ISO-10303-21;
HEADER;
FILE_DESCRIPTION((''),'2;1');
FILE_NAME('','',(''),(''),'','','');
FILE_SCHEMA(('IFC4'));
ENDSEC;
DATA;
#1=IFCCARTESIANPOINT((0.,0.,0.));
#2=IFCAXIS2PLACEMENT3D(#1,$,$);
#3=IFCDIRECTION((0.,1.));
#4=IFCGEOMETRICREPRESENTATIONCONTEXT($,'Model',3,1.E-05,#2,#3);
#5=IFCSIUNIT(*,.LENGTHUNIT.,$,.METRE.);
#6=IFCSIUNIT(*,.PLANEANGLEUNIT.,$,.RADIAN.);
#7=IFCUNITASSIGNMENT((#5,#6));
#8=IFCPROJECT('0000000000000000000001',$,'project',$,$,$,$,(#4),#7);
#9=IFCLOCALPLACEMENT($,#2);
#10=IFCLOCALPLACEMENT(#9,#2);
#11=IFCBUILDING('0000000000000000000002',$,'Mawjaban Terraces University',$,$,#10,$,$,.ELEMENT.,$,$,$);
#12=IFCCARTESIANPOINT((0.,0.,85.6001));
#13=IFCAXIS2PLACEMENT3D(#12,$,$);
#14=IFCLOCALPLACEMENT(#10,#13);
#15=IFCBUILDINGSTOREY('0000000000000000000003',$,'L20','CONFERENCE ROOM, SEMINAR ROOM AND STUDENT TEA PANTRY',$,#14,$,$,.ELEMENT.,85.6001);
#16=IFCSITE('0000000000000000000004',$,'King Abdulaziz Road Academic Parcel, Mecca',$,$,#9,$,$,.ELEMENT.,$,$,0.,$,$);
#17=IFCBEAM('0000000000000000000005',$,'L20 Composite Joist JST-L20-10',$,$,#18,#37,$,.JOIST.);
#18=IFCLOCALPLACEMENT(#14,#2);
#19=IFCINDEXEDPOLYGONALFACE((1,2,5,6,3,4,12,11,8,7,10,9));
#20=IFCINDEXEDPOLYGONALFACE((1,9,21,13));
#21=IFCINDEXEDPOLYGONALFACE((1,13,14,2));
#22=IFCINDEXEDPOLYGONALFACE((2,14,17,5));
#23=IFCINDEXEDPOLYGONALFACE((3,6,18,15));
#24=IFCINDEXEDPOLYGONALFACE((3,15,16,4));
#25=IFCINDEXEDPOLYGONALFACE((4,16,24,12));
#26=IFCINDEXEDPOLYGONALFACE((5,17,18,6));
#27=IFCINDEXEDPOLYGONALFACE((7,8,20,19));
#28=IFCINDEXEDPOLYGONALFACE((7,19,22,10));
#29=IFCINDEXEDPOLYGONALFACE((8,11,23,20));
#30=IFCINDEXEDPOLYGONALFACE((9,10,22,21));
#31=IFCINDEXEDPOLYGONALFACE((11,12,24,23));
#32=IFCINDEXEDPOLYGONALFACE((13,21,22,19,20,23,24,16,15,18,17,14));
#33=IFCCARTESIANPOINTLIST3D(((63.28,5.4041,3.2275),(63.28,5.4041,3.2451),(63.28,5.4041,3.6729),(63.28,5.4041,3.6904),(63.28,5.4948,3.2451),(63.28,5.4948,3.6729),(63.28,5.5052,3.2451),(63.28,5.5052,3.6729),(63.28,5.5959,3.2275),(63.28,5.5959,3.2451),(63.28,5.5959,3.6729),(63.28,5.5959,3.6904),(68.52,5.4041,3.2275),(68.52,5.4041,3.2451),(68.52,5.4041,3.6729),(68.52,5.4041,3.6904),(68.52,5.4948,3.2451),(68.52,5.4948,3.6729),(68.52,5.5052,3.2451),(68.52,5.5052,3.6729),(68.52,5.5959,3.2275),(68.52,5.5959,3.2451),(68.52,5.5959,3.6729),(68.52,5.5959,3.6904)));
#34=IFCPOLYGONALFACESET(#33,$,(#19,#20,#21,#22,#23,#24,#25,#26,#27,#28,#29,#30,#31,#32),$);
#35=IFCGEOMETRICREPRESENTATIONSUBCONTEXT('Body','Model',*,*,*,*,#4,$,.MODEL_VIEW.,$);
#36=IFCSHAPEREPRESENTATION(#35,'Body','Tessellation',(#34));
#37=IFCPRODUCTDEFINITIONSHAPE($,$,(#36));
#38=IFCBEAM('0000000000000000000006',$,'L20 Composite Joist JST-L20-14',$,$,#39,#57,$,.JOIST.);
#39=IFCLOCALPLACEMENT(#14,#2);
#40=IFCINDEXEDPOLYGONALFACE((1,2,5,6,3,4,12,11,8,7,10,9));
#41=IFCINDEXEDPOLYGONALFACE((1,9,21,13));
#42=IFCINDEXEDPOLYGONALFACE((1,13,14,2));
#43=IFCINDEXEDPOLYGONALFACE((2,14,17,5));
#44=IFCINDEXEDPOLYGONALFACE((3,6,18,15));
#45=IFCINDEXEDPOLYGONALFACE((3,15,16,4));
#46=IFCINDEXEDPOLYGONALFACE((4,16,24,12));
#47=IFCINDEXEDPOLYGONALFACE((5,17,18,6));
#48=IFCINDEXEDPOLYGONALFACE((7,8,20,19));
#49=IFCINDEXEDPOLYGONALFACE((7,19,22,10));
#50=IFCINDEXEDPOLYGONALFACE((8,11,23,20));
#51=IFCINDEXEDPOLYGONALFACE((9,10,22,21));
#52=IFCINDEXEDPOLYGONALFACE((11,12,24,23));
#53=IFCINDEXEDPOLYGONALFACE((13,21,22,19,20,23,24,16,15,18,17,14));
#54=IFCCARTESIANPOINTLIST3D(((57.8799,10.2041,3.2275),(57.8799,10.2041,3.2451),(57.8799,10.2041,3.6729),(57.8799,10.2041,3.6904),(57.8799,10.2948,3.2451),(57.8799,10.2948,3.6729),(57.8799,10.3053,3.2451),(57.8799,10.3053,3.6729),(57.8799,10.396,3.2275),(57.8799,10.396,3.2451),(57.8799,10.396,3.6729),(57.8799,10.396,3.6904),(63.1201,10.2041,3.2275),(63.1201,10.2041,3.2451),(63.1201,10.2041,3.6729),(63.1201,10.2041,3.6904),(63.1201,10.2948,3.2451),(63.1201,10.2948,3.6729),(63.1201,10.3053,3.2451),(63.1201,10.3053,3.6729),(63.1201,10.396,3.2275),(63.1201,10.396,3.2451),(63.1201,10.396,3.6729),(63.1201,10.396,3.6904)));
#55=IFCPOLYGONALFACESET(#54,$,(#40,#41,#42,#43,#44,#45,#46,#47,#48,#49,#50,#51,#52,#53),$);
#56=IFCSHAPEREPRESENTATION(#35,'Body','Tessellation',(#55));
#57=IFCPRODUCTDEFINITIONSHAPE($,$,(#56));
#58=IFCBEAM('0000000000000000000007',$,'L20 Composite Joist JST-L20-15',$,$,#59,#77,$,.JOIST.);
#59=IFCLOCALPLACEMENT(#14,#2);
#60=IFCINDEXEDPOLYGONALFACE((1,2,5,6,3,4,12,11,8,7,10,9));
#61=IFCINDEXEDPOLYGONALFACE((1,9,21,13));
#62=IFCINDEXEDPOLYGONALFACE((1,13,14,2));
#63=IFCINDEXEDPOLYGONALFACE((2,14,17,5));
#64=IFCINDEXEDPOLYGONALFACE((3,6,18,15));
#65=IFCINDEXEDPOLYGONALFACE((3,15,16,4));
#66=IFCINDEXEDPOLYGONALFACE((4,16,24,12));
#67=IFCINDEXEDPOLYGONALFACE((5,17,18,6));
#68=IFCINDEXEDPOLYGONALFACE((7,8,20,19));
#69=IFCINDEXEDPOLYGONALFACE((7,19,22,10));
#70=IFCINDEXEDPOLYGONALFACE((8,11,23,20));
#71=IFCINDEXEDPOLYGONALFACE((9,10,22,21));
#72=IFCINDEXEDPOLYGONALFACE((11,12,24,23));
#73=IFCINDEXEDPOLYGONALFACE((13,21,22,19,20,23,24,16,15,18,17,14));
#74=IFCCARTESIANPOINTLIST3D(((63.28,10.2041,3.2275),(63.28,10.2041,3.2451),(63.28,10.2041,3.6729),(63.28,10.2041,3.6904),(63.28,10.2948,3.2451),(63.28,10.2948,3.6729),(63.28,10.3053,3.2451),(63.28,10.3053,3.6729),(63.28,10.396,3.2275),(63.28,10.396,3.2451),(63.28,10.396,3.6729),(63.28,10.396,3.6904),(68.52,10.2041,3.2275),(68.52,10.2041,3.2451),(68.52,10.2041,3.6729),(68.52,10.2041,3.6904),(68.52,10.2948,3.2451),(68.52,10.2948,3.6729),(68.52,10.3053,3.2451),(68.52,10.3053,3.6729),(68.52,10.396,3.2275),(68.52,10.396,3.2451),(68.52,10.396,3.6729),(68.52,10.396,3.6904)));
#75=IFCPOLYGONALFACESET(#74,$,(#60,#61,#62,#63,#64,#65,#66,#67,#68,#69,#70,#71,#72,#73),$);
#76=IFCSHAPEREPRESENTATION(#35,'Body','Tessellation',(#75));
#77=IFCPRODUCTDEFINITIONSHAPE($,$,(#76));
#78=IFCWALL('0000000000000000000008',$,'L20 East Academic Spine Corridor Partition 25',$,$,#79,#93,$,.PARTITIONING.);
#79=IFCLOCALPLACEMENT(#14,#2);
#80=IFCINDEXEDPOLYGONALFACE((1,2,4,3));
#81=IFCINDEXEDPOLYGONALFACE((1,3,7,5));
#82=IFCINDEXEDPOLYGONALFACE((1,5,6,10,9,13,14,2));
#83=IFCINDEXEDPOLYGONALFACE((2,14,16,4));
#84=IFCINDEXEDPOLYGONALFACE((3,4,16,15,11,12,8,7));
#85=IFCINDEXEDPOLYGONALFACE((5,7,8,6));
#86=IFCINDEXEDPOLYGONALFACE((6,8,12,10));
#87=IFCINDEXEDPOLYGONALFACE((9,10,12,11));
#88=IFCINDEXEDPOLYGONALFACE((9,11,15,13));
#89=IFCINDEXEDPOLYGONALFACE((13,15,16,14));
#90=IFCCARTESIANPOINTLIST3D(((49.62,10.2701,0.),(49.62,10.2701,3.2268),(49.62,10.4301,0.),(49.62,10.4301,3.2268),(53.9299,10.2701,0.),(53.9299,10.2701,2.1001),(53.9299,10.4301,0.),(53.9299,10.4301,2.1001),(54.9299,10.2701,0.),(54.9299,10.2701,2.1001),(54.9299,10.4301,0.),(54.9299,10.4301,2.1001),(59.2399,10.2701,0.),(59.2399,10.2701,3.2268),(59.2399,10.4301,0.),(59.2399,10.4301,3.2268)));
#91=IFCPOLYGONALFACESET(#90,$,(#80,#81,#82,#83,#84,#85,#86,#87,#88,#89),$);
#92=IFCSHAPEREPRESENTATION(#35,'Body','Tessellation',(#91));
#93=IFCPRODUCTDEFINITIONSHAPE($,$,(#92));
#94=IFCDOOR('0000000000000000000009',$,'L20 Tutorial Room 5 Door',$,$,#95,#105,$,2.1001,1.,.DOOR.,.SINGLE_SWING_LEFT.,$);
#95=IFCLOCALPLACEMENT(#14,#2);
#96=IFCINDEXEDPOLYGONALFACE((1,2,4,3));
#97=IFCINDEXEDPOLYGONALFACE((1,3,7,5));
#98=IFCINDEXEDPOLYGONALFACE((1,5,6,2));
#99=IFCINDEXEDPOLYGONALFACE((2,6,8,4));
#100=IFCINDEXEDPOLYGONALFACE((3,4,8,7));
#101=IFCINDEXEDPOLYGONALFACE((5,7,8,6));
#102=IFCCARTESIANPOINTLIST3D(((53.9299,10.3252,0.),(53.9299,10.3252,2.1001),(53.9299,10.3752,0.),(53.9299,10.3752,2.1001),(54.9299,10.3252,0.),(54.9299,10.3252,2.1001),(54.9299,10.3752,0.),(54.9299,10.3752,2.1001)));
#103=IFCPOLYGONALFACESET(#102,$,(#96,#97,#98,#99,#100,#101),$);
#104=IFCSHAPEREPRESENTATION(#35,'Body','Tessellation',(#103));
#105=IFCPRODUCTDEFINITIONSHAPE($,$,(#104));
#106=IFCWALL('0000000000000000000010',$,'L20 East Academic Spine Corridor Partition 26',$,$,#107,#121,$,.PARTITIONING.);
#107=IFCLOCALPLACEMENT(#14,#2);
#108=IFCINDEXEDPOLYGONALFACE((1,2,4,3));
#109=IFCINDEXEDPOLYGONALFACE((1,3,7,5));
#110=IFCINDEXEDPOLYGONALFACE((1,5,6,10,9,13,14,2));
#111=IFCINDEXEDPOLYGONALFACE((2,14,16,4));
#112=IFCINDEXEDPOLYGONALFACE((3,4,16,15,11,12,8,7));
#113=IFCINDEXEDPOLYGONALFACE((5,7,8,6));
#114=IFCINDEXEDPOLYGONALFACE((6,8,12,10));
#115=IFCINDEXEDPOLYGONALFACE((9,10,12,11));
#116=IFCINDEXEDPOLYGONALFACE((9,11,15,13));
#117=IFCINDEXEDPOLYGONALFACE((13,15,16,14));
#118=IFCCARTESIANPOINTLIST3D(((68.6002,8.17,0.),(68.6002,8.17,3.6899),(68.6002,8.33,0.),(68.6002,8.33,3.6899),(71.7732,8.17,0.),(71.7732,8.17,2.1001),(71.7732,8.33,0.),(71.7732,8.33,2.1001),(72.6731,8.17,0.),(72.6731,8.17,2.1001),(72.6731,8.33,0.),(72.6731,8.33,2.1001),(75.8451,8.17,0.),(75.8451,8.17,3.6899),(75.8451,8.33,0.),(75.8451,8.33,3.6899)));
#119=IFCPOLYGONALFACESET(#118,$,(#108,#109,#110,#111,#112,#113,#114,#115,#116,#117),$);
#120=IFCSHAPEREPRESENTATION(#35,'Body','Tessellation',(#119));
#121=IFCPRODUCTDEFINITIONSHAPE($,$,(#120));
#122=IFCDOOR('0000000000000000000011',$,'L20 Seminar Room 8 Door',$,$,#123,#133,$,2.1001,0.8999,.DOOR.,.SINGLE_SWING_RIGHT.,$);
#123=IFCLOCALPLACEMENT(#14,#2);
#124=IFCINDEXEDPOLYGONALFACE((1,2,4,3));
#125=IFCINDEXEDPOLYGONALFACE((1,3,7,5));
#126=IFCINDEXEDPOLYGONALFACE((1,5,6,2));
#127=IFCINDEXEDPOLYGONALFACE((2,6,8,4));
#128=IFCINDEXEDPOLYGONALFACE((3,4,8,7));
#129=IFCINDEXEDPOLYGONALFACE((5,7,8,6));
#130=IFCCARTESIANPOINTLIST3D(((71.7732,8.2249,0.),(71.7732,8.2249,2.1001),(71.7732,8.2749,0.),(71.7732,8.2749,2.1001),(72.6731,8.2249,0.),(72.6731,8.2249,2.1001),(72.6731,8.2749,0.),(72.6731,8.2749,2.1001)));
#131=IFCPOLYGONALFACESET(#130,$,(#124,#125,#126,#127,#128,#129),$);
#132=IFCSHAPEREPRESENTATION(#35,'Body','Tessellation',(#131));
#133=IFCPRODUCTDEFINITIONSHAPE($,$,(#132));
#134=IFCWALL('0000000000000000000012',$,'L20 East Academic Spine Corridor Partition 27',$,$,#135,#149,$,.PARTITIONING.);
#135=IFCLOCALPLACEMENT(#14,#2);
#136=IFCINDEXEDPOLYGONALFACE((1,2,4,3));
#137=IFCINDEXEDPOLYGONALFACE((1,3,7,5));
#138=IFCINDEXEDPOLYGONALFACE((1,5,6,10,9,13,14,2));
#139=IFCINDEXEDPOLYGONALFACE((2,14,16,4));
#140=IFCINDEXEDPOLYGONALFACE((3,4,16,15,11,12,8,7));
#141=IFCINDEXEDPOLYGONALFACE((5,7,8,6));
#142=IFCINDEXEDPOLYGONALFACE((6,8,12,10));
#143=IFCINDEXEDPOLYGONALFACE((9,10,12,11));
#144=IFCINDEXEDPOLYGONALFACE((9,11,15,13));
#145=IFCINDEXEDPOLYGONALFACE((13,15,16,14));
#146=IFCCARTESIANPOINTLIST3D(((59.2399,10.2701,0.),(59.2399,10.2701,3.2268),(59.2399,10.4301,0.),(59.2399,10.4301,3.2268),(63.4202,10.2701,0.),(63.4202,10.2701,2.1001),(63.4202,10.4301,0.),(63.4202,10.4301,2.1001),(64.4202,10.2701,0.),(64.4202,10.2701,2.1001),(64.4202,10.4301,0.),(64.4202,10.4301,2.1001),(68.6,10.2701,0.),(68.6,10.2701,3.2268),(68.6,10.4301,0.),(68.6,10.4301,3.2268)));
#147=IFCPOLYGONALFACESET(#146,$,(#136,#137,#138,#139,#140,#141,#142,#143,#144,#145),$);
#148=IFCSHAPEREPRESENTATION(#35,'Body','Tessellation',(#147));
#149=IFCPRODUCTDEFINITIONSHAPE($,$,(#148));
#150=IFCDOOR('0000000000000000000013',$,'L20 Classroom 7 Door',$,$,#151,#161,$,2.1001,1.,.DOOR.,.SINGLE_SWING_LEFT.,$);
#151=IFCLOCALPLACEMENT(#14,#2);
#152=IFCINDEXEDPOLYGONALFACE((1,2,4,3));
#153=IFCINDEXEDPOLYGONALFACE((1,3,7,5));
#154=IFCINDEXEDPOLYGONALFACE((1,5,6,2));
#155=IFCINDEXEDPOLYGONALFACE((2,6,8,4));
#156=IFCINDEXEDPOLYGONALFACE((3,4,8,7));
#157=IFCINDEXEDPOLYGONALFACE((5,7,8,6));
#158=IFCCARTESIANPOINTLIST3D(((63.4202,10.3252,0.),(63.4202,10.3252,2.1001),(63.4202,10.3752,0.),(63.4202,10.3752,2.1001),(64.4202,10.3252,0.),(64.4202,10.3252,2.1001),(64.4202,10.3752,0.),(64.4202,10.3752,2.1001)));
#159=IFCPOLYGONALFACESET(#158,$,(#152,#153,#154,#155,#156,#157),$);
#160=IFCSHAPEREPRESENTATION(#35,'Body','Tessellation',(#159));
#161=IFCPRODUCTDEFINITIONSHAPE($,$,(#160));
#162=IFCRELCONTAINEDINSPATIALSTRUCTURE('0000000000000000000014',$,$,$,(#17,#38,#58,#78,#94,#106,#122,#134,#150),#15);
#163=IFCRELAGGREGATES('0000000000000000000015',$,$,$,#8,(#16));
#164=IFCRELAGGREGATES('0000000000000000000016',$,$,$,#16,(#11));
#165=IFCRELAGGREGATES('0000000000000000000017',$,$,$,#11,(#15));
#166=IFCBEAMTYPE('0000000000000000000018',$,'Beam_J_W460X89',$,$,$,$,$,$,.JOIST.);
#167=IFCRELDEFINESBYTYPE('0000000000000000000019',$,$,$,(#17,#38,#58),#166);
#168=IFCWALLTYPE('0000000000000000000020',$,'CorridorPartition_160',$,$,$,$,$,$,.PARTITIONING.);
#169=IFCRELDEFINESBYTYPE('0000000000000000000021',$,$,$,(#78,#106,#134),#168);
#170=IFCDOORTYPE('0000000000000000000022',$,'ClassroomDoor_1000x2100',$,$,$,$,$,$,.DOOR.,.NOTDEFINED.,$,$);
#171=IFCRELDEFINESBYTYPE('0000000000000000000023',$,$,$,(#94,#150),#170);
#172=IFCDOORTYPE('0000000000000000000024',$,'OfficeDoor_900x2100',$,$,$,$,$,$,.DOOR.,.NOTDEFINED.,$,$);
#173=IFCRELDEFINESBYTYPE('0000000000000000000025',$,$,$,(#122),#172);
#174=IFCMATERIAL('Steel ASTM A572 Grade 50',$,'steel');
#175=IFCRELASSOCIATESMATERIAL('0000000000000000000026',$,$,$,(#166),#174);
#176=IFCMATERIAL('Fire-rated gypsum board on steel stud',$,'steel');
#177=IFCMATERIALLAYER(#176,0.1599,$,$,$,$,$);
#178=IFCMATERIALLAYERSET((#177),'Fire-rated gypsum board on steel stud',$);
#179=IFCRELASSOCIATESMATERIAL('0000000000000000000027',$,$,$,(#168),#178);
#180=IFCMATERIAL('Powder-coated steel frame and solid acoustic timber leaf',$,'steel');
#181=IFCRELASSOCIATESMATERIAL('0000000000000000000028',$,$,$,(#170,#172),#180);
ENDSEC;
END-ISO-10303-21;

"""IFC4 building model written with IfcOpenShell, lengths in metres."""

from ifc_helpers import new_model, si_unit, direction, frame, frame_2d, origin, origin_2d, place, context, subcontext, project, spatial, rectangle, i_section, extrude, material, layer, layer_set, material_profile, profile_set, type_object, element, fill, save


model = new_model("IFC4")

# Units and contexts
model_context = context("Model", 3, precision=1e-05, world=origin(), true_north=direction((0.0, 1.0)))
body_context = subcontext(model_context, "Body", "Model", "MODEL_VIEW")
ifc_project = project(units=[si_unit("LENGTHUNIT", "METRE"), si_unit("PLANEANGLEUNIT", "RADIAN")], contexts=[model_context])

# Site, building, storey
site_placement = place(None, origin())
site = spatial("IfcSite", under=ifc_project, at=site_placement, Name="King Abdulaziz Road Academic Parcel, Mecca", CompositionType="ELEMENT", RefElevation=0.0)
building_placement = place(site_placement, origin())
building = spatial("IfcBuilding", under=site, at=building_placement, Name="Mawjaban Terraces University", CompositionType="ELEMENT")
storey_placement = place(building_placement, frame((0.0, 0.0, 85.6001)))
storey = spatial("IfcBuildingStorey", under=building, at=storey_placement, Name="L20", Description="CONFERENCE ROOM, SEMINAR ROOM AND STUDENT TEA PANTRY", CompositionType="ELEMENT", Elevation=85.6001)

# Beams
ifc_material_1 = material(Name="Steel ASTM A572 Grade 50", Category="steel")
ifc_material_profile_1 = material_profile(ifc_material_1, i_section(OverallWidth=0.1919, OverallDepth=0.4629, WebThickness=0.0105, FlangeThickness=0.0176, at=origin_2d()), Name="W460X89")
ifc_profile_set_1 = profile_set([ifc_material_profile_1], Name="Steel ASTM A572 Grade 50")
beam_type_1 = type_object("IfcBeamType", Name="Beam_J_W460X89", PredefinedType="JOIST", material=ifc_profile_set_1)
beam_1_placement = place(storey_placement, frame((63.28, 5.5, 3.459), z_axis=(1.0, 0.0, 0.0), x_axis=(0.0, 1.0, 0.0)))
element("IfcBeam", 1, at=beam_1_placement, inside=storey, type_object=beam_type_1, Name="L20 Composite Joist JST-L20-10", PredefinedType="JOIST", context=body_context, shape_type="SweptSolid", body=[
    extrude(i_section(OverallWidth=0.1919, OverallDepth=0.4629, WebThickness=0.0105, FlangeThickness=0.0176, at=origin_2d()), origin(), (0.0, 0.0, 1.0), 5.24),
])
beam_2_placement = place(storey_placement, frame((57.8799, 10.3, 3.459), z_axis=(1.0, 0.0, 0.0), x_axis=(0.0, 1.0, 0.0)))
element("IfcBeam", 2, at=beam_2_placement, inside=storey, type_object=beam_type_1, Name="L20 Composite Joist JST-L20-14", PredefinedType="JOIST", context=body_context, shape_type="SweptSolid", body=[
    extrude(i_section(OverallWidth=0.1919, OverallDepth=0.4629, WebThickness=0.0105, FlangeThickness=0.0176, at=origin_2d()), origin(), (0.0, 0.0, 1.0), 5.2402),
])
beam_3_placement = place(storey_placement, frame((63.28, 10.3, 3.459), z_axis=(1.0, 0.0, 0.0), x_axis=(0.0, 1.0, 0.0)))
element("IfcBeam", 3, at=beam_3_placement, inside=storey, type_object=beam_type_1, Name="L20 Composite Joist JST-L20-15", PredefinedType="JOIST", context=body_context, shape_type="SweptSolid", body=[
    extrude(i_section(OverallWidth=0.1919, OverallDepth=0.4629, WebThickness=0.0105, FlangeThickness=0.0176, at=origin_2d()), origin(), (0.0, 0.0, 1.0), 5.24),
])

# Walls, openings, doors
ifc_material_2 = material(Name="Fire-rated gypsum board on steel stud", Category="steel")
ifc_layer_1 = layer(ifc_material_2, 0.1599)
ifc_layer_set_1 = layer_set([ifc_layer_1], Name="Fire-rated gypsum board on steel stud")
wall_type_1 = type_object("IfcWallType", Name="CorridorPartition_160", PredefinedType="PARTITIONING", material=ifc_layer_set_1)
wall_1_placement = place(storey_placement, frame((59.24, 10.3501, 0.0), z_axis=(0.0, 0.0, 1.0), x_axis=(-1.0, 0.0, 0.0)))
wall_1 = element("IfcWall", 4, at=wall_1_placement, inside=storey, type_object=wall_type_1, Name="L20 East Academic Spine Corridor Partition 25", PredefinedType="PARTITIONING", context=body_context, shape_type="SweptSolid", body=[
    extrude(rectangle(XDim=9.6199, YDim=0.1599, at=frame_2d((4.8101, 0.0))), origin(), (0.0, 0.0, 1.0), 3.2268),
])
opening_1_placement = place(wall_1_placement, frame((4.3101, 0.0, 0.0)))
opening_1 = element("IfcOpeningElement", 5, at=opening_1_placement, cuts=wall_1, PredefinedType="OPENING", context=body_context, shape_type="SweptSolid", body=[
    extrude(rectangle(XDim=1.0, YDim=2.1001, at=frame_2d((0.5, 1.05))), frame((0.0, 0.0898, 0.0), z_axis=(0.0, -1.0, 0.0), x_axis=(1.0, 0.0, 0.0)), (0.0, 0.0, 1.0), 0.1799),
])
ifc_material_3 = material(Name="Powder-coated steel frame and solid acoustic timber leaf", Category="steel")
door_type_1 = type_object("IfcDoorType", Name="ClassroomDoor_1000x2100", OperationType="NOTDEFINED", PredefinedType="DOOR", material=ifc_material_3)
door_1_placement = place(opening_1_placement, origin())
door_1 = element("IfcDoor", 6, at=door_1_placement, inside=storey, type_object=door_type_1, Name="L20 Tutorial Room 5 Door", OperationType="SINGLE_SWING_LEFT", OverallHeight=2.1001, OverallWidth=1.0, PredefinedType="DOOR", context=body_context, shape_type="SweptSolid", body=[
    extrude(rectangle(XDim=1.0, YDim=2.1001, at=frame_2d((0.5, 1.05))), frame((0.0, 0.0249, 0.0), z_axis=(0.0, -1.0, 0.0), x_axis=(1.0, 0.0, 0.0)), (0.0, 0.0, 1.0), 0.05),
])
fill(opening_1, door_1)
wall_2_placement = place(storey_placement, frame((68.6001, 8.25, 0.0), z_axis=(0.0, 0.0, 1.0), x_axis=(1.0, 0.0, 0.0)))
wall_2 = element("IfcWall", 7, at=wall_2_placement, inside=storey, type_object=wall_type_1, Name="L20 East Academic Spine Corridor Partition 26", PredefinedType="PARTITIONING", context=body_context, shape_type="SweptSolid", body=[
    extrude(rectangle(XDim=7.2449, YDim=0.1599, at=frame_2d((3.6226, 0.0))), origin(), (0.0, 0.0, 1.0), 3.6899),
])
opening_2_placement = place(wall_2_placement, frame((3.1731, 0.0, 0.0)))
opening_2 = element("IfcOpeningElement", 8, at=opening_2_placement, cuts=wall_2, PredefinedType="OPENING", context=body_context, shape_type="SweptSolid", body=[
    extrude(rectangle(XDim=0.8999, YDim=2.1001, at=frame_2d((0.45, 1.05))), frame((0.0, 0.0898, 0.0), z_axis=(0.0, -1.0, 0.0), x_axis=(1.0, 0.0, 0.0)), (0.0, 0.0, 1.0), 0.1799),
])
door_type_2 = type_object("IfcDoorType", Name="OfficeDoor_900x2100", OperationType="NOTDEFINED", PredefinedType="DOOR", material=ifc_material_3)
door_2_placement = place(opening_2_placement, origin())
door_2 = element("IfcDoor", 9, at=door_2_placement, inside=storey, type_object=door_type_2, Name="L20 Seminar Room 8 Door", OperationType="SINGLE_SWING_RIGHT", OverallHeight=2.1001, OverallWidth=0.8999, PredefinedType="DOOR", context=body_context, shape_type="SweptSolid", body=[
    extrude(rectangle(XDim=0.8999, YDim=2.1001, at=frame_2d((0.45, 1.05))), frame((0.0, 0.0249, 0.0), z_axis=(0.0, -1.0, 0.0), x_axis=(1.0, 0.0, 0.0)), (0.0, 0.0, 1.0), 0.05),
])
fill(opening_2, door_2)
wall_3_placement = place(storey_placement, frame((68.6001, 10.3501, 0.0), z_axis=(0.0, 0.0, 1.0), x_axis=(-1.0, 0.0, 0.0)))
wall_3 = element("IfcWall", 10, at=wall_3_placement, inside=storey, type_object=wall_type_1, Name="L20 East Academic Spine Corridor Partition 27", PredefinedType="PARTITIONING", context=body_context, shape_type="SweptSolid", body=[
    extrude(rectangle(XDim=9.3601, YDim=0.1599, at=frame_2d((4.6802, 0.0))), origin(), (0.0, 0.0, 1.0), 3.2268),
])
opening_3_placement = place(wall_3_placement, frame((4.1799, 0.0, 0.0)))
opening_3 = element("IfcOpeningElement", 11, at=opening_3_placement, cuts=wall_3, PredefinedType="OPENING", context=body_context, shape_type="SweptSolid", body=[
    extrude(rectangle(XDim=1.0, YDim=2.1001, at=frame_2d((0.5, 1.05))), frame((0.0, 0.0898, 0.0), z_axis=(0.0, -1.0, 0.0), x_axis=(1.0, 0.0, 0.0)), (0.0, 0.0, 1.0), 0.1799),
])
door_3_placement = place(opening_3_placement, origin())
door_3 = element("IfcDoor", 12, at=door_3_placement, inside=storey, type_object=door_type_1, Name="L20 Classroom 7 Door", OperationType="SINGLE_SWING_LEFT", OverallHeight=2.1001, OverallWidth=1.0, PredefinedType="DOOR", context=body_context, shape_type="SweptSolid", body=[
    extrude(rectangle(XDim=1.0, YDim=2.1001, at=frame_2d((0.5, 1.05))), frame((0.0, 0.0249, 0.0), z_axis=(0.0, -1.0, 0.0), x_axis=(1.0, 0.0, 0.0)), (0.0, 0.0, 1.0), 0.05),
])
fill(opening_3, door_3)

save(model, "model.ifc")
